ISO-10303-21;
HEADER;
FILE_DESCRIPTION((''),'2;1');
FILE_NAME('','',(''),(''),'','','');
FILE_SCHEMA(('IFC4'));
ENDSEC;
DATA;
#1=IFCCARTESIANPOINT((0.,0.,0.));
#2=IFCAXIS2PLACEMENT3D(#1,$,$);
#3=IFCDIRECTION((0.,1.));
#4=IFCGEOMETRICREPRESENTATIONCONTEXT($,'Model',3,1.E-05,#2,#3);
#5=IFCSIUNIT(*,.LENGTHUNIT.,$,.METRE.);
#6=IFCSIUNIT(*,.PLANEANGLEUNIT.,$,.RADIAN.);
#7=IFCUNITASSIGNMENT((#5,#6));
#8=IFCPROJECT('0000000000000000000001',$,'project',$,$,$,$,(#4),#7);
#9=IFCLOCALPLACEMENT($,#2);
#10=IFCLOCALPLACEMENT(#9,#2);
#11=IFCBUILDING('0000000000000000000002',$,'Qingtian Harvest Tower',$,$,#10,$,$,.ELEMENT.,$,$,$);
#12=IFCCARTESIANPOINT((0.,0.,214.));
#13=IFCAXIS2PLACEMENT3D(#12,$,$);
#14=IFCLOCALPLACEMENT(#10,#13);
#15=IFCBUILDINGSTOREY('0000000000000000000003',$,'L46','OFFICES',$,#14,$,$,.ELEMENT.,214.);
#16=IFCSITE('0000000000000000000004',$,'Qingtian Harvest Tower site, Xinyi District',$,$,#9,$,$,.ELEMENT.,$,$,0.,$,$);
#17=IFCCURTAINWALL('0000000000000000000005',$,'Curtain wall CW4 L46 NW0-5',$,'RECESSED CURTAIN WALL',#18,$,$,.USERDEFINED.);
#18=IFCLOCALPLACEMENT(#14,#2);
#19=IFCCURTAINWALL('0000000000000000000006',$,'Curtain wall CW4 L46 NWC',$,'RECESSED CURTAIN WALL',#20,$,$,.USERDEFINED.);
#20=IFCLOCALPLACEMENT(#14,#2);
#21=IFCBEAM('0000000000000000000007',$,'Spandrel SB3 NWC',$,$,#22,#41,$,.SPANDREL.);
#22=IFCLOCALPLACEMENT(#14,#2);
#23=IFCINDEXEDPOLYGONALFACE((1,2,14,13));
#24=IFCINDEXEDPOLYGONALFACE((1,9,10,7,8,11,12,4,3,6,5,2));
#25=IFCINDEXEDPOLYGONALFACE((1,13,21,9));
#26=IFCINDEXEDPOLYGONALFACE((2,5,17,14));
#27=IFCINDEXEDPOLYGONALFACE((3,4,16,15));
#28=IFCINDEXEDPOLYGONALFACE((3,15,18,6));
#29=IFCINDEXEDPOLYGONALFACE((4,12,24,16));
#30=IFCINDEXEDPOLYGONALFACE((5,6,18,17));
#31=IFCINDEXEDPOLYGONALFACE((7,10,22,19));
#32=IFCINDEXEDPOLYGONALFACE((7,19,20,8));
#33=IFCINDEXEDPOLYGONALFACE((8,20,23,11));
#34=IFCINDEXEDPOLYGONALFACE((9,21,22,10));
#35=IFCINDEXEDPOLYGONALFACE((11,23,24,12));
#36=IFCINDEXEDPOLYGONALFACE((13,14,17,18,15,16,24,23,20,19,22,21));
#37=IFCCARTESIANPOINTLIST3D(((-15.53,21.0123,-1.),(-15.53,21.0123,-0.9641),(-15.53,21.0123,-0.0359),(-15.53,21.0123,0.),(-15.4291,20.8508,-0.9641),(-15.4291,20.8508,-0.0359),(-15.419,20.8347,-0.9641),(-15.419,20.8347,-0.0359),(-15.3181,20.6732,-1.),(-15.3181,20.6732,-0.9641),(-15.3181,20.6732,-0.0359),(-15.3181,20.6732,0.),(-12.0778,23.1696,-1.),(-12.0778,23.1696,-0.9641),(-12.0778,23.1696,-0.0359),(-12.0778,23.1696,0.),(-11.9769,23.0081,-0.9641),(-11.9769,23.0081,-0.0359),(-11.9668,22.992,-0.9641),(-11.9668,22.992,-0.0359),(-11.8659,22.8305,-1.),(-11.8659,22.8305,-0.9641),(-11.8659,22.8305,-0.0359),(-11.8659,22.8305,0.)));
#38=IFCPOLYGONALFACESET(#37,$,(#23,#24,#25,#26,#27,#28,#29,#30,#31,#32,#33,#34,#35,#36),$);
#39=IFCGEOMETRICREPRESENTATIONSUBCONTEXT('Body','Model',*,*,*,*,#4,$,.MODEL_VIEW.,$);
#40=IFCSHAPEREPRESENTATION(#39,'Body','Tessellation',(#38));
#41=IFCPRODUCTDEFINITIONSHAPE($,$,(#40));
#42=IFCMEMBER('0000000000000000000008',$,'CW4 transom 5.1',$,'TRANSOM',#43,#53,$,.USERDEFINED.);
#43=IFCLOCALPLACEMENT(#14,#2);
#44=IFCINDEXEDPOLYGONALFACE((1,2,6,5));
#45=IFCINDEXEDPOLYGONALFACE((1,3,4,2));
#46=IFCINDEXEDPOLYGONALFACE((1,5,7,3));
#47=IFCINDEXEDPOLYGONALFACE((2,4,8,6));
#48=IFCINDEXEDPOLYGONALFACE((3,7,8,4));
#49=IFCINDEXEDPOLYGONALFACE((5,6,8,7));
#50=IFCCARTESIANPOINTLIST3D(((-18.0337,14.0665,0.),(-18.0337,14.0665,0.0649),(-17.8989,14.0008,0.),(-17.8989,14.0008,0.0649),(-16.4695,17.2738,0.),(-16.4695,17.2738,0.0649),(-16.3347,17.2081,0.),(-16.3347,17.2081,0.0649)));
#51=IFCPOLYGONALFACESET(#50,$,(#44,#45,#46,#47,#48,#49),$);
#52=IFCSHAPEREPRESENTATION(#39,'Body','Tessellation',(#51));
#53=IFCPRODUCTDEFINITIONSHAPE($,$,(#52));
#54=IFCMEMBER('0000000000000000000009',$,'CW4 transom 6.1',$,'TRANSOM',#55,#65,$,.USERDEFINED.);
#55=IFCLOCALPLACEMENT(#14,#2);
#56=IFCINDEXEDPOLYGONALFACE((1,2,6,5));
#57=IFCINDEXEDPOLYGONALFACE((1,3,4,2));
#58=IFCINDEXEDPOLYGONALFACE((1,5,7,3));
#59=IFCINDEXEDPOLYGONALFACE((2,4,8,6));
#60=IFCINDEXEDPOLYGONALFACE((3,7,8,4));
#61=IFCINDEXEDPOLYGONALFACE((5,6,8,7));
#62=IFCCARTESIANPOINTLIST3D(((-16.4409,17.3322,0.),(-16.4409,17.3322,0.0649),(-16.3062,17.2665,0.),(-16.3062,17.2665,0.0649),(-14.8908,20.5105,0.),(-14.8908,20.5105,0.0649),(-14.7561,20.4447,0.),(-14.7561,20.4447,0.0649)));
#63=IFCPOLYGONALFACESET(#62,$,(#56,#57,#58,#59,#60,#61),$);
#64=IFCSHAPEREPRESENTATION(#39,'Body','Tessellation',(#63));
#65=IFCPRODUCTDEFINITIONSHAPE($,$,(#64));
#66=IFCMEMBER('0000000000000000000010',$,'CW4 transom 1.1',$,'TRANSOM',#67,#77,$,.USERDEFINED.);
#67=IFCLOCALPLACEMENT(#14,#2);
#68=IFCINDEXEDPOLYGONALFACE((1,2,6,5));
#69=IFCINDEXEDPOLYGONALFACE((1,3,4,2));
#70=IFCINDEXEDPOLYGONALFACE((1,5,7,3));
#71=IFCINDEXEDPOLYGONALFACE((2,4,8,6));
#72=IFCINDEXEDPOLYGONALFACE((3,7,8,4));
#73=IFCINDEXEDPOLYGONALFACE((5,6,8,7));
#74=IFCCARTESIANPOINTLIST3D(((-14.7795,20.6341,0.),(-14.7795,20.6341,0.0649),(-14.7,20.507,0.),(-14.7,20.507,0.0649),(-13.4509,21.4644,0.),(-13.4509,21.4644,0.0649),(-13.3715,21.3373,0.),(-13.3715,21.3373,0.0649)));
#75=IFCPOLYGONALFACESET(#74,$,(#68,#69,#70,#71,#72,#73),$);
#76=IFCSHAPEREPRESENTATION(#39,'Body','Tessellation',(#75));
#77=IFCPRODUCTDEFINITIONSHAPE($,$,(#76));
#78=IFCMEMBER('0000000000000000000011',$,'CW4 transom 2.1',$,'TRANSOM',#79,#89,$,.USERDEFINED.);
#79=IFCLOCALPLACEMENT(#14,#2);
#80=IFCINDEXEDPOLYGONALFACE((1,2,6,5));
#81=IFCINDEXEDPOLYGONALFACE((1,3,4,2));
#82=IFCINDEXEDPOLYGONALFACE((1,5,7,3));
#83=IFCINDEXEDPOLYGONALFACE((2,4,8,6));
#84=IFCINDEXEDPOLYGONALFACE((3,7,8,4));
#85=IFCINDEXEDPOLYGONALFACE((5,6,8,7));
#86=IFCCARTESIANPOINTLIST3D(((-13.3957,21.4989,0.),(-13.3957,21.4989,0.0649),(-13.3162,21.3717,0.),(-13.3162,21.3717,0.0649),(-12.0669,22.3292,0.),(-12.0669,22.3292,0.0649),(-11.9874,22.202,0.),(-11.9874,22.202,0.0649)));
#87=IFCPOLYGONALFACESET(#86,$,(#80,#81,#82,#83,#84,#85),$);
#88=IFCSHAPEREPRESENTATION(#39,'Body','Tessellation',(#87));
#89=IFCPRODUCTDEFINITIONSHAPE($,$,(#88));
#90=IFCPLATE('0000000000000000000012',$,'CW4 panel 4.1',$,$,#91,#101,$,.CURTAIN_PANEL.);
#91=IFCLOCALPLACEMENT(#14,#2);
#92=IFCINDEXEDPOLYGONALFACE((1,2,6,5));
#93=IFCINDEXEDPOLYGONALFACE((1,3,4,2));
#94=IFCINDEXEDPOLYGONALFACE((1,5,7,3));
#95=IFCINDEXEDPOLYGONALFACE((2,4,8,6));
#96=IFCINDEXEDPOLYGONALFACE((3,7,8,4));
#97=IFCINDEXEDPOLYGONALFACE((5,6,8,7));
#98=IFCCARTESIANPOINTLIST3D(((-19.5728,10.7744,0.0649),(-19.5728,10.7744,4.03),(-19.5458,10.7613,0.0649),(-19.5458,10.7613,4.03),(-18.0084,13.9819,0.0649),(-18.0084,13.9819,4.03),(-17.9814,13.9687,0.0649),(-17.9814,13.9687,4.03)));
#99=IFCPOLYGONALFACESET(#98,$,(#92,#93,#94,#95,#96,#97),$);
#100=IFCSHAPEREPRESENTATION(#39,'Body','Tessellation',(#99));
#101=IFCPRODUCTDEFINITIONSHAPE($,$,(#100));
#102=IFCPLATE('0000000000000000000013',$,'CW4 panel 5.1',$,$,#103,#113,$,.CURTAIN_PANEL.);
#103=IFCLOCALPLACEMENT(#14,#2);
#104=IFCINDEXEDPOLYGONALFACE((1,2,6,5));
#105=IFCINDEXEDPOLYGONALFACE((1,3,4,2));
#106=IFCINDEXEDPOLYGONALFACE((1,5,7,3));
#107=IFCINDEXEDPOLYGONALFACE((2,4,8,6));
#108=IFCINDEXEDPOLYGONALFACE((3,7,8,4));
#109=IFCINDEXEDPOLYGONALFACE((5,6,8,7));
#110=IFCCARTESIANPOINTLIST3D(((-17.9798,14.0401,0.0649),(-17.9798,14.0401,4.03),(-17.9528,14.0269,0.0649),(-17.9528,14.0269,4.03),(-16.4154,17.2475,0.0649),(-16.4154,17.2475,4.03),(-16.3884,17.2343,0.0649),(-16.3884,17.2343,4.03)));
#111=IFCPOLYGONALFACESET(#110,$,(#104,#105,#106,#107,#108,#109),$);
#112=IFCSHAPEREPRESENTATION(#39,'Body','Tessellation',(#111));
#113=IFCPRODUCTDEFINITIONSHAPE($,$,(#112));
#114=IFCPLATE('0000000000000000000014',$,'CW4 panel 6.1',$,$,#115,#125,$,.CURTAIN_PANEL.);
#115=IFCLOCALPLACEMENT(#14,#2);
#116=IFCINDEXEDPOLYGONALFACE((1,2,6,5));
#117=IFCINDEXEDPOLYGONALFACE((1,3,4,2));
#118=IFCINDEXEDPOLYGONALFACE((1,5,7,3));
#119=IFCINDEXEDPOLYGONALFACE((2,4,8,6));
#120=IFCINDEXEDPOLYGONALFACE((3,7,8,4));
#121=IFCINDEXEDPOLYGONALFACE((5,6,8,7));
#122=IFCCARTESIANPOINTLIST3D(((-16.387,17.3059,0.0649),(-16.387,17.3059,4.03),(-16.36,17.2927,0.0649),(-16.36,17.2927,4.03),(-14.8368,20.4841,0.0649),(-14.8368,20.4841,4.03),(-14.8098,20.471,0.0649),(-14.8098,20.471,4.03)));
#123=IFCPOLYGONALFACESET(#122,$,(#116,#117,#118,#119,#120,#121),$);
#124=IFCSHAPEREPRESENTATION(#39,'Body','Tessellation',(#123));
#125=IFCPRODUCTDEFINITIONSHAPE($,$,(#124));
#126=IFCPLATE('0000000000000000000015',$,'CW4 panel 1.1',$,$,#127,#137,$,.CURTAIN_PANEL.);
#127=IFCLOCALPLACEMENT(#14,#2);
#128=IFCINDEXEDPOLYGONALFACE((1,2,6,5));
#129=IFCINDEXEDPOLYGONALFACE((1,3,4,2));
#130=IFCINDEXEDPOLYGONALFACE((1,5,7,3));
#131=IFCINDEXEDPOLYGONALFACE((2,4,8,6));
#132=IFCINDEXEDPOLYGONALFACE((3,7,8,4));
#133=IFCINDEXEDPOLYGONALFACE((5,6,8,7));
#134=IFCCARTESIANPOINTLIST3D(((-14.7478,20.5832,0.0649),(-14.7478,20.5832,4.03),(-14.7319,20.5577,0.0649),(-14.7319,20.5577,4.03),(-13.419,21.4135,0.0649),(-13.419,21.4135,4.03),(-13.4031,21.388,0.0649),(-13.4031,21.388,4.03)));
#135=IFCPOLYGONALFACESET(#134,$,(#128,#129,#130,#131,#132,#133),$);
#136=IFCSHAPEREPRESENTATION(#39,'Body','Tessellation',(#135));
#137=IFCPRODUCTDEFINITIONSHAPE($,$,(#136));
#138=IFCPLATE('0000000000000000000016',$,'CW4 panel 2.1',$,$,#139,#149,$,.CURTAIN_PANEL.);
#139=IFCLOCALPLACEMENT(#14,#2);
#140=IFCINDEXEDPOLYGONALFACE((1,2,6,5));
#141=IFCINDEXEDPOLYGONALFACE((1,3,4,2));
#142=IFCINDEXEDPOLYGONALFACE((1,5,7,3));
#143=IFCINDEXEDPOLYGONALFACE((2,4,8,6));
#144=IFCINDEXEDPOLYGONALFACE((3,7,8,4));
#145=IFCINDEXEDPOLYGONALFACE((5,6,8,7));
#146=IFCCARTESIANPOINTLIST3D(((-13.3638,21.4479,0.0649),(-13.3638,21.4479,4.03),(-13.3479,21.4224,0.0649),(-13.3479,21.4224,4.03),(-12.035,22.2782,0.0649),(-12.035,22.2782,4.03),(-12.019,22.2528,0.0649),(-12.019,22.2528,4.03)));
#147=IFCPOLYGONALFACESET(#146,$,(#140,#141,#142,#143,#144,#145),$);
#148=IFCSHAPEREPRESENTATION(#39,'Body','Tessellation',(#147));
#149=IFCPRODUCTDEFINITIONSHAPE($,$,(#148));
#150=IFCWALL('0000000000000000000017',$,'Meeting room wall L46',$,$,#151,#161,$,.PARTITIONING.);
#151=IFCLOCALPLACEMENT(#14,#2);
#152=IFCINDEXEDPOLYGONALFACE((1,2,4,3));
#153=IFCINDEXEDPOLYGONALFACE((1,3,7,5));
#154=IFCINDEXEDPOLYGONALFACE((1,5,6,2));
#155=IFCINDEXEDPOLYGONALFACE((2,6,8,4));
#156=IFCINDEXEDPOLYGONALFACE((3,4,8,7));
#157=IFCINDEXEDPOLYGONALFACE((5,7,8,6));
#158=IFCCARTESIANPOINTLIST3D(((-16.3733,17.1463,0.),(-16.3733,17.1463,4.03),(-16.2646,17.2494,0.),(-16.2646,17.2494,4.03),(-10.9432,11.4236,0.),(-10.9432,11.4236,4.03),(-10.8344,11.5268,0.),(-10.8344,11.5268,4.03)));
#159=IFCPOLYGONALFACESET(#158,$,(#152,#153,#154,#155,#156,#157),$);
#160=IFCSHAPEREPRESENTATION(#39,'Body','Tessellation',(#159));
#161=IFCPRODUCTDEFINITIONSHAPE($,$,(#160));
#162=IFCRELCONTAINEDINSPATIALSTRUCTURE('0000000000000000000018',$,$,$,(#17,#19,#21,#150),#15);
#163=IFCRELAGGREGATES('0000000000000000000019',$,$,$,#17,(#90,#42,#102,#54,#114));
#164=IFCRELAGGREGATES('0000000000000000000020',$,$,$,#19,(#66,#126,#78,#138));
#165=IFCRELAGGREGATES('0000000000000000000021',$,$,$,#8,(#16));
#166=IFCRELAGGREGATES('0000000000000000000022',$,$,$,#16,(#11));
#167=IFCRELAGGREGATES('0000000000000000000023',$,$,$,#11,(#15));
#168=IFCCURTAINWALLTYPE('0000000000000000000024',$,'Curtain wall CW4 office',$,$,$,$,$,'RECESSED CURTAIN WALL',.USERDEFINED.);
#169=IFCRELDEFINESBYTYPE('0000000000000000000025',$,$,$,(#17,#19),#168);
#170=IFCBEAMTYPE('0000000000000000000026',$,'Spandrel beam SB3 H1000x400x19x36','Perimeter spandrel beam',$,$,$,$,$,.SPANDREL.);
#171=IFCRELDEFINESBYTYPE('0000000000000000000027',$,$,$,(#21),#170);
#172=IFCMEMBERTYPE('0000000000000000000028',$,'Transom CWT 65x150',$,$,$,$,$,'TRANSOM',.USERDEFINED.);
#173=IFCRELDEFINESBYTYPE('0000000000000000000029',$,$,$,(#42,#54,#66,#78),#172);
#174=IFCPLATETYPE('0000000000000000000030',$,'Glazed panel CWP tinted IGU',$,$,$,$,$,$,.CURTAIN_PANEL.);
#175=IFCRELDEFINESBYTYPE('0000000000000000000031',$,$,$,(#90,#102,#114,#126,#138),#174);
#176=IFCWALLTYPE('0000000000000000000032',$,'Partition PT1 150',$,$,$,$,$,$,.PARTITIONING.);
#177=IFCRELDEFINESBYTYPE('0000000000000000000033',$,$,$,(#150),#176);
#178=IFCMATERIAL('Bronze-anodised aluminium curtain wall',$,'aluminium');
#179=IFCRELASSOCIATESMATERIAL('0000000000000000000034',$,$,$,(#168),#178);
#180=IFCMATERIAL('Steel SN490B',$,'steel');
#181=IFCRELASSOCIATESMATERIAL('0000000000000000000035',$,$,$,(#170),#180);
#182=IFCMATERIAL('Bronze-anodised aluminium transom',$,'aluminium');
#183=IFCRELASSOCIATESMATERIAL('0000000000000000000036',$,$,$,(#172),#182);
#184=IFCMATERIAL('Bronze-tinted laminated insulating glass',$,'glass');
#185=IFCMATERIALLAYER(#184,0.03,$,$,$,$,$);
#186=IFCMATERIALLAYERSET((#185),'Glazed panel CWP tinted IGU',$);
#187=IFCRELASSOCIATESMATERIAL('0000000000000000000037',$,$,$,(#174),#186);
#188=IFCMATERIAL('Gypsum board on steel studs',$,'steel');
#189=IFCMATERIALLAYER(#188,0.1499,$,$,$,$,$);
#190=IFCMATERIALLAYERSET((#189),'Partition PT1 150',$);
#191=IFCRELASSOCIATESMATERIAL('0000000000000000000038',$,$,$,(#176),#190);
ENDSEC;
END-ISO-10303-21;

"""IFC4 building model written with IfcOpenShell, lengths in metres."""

from ifc_helpers import new_model, si_unit, direction, frame, frame_2d, origin, origin_2d, place, context, subcontext, project, spatial, rectangle, i_section, extrude, material, layer, layer_set, material_profile, profile_set, type_object, element, aggregate, save


model = new_model("IFC4")

# Units and contexts
model_context = context("Model", 3, precision=1e-05, world=origin(), true_north=direction((0.0, 1.0)))
body_context = subcontext(model_context, "Body", "Model", "MODEL_VIEW")
ifc_project = project(units=[si_unit("LENGTHUNIT", "METRE"), si_unit("PLANEANGLEUNIT", "RADIAN")], contexts=[model_context])

# Site, building, storey
site_placement = place(None, origin())
site = spatial("IfcSite", under=ifc_project, at=site_placement, Name="Qingtian Harvest Tower site, Xinyi District", CompositionType="ELEMENT", RefElevation=0.0)
building_placement = place(site_placement, origin())
building = spatial("IfcBuilding", under=site, at=building_placement, Name="Qingtian Harvest Tower", CompositionType="ELEMENT")
storey_placement = place(building_placement, frame((0.0, 0.0, 214.0)))
storey = spatial("IfcBuildingStorey", under=building, at=storey_placement, Name="L46", Description="OFFICES", CompositionType="ELEMENT", Elevation=214.0)

# Curtain walls
ifc_material_1 = material(Name="Bronze-anodised aluminium curtain wall", Category="aluminium")
curtain_wall_type = type_object("IfcCurtainWallType", Name="Curtain wall CW4 office", ElementType="RECESSED CURTAIN WALL", PredefinedType="USERDEFINED", material=ifc_material_1)
curtain_wall_1_placement = place(storey_placement, origin())
curtain_wall_1 = element("IfcCurtainWall", 1, at=curtain_wall_1_placement, inside=storey, type_object=curtain_wall_type, Name="Curtain wall CW4 L46 NW0-5", ObjectType="RECESSED CURTAIN WALL", PredefinedType="USERDEFINED")
curtain_wall_2_placement = place(storey_placement, origin())
curtain_wall_2 = element("IfcCurtainWall", 2, at=curtain_wall_2_placement, inside=storey, type_object=curtain_wall_type, Name="Curtain wall CW4 L46 NWC", ObjectType="RECESSED CURTAIN WALL", PredefinedType="USERDEFINED")

# Beam
ifc_material_2 = material(Name="Steel SN490B", Category="steel")
ifc_material_profile_1 = material_profile(ifc_material_2, i_section(OverallWidth=0.3999, OverallDepth=1.0, WebThickness=0.019, FlangeThickness=0.0359, at=origin_2d()), Name="H1000x400x19x36")
ifc_profile_set_1 = profile_set([ifc_material_profile_1], Name="Steel SN490B")
beam_type_1 = type_object("IfcBeamType", Name="Spandrel beam SB3 H1000x400x19x36", Description="Perimeter spandrel beam", PredefinedType="SPANDREL", material=ifc_profile_set_1)
beam_1_placement = place(storey_placement, frame((-15.4241, 20.8428, -0.5), z_axis=(0.848039, 0.529934, 0.0), x_axis=(-0.529934, 0.848039, 0.0)))
element("IfcBeam", 3, at=beam_1_placement, inside=storey, type_object=beam_type_1, Name="Spandrel SB3 NWC", PredefinedType="SPANDREL", context=body_context, shape_type="SweptSolid", body=[
    extrude(i_section(OverallWidth=0.3999, OverallDepth=1.0, WebThickness=0.019, FlangeThickness=0.0359, at=origin_2d()), origin(), (0.0, 0.0, 1.0), 4.0708),
])

# Members
ifc_material_3 = material(Name="Bronze-anodised aluminium transom", Category="aluminium")
ifc_material_profile_2 = material_profile(ifc_material_3, rectangle(XDim=0.1499, YDim=0.0649, at=origin_2d()), Name="AL 65x150")
ifc_profile_set_2 = profile_set([ifc_material_profile_2], Name="Bronze-anodised aluminium transom")
member_type_1 = type_object("IfcMemberType", Name="Transom CWT 65x150", ElementType="TRANSOM", PredefinedType="USERDEFINED", material=ifc_profile_set_2)
member_1_placement = place(storey_placement, frame((-17.9663, 14.0337, 0.0325), z_axis=(0.438352, 0.898803, 0.0), x_axis=(-0.898803, 0.438352, 0.0)))
member_1 = element("IfcMember", 4, at=member_1_placement, type_object=member_type_1, Name="CW4 transom 5.1", ObjectType="TRANSOM", PredefinedType="USERDEFINED", context=body_context, shape_type="SweptSolid", body=[
    extrude(rectangle(XDim=0.1499, YDim=0.0649, at=origin_2d()), origin(), (0.0, 0.0, 1.0), 3.5684),
])
member_2_placement = place(storey_placement, frame((-16.3735, 17.2993, 0.0325), z_axis=(0.438354, 0.898802, 0.0), x_axis=(-0.898802, 0.438354, 0.0)))
member_2 = element("IfcMember", 5, at=member_2_placement, type_object=member_type_1, Name="CW4 transom 6.1", ObjectType="TRANSOM", PredefinedType="USERDEFINED", context=body_context, shape_type="SweptSolid", body=[
    extrude(rectangle(XDim=0.1499, YDim=0.0649, at=origin_2d()), origin(), (0.0, 0.0, 1.0), 3.5361),
])
member_3_placement = place(storey_placement, frame((-14.7397, 20.5706, 0.0325), z_axis=(0.848016, 0.529971, 0.0), x_axis=(-0.529971, 0.848016, 0.0)))
member_3 = element("IfcMember", 6, at=member_3_placement, type_object=member_type_1, Name="CW4 transom 1.1", ObjectType="TRANSOM", PredefinedType="USERDEFINED", context=body_context, shape_type="SweptSolid", body=[
    extrude(rectangle(XDim=0.1499, YDim=0.0649, at=origin_2d()), origin(), (0.0, 0.0, 1.0), 1.5667),
])
member_4_placement = place(storey_placement, frame((-13.356, 21.4353, 0.0325), z_axis=(0.84806, 0.529901, 0.0), x_axis=(-0.529901, 0.84806, 0.0)))
member_4 = element("IfcMember", 7, at=member_4_placement, type_object=member_type_1, Name="CW4 transom 2.1", ObjectType="TRANSOM", PredefinedType="USERDEFINED", context=body_context, shape_type="SweptSolid", body=[
    extrude(rectangle(XDim=0.1499, YDim=0.0649, at=origin_2d()), origin(), (0.0, 0.0, 1.0), 1.5669),
])

# Plates
ifc_material_4 = material(Name="Bronze-tinted laminated insulating glass", Category="glass")
ifc_layer_1 = layer(ifc_material_4, 0.03)
ifc_layer_set_1 = layer_set([ifc_layer_1], Name="Glazed panel CWP tinted IGU")
plate_type = type_object("IfcPlateType", Name="Glazed panel CWP tinted IGU", PredefinedType="CURTAIN_PANEL", material=ifc_layer_set_1)
plate_1_placement = place(storey_placement, frame((-18.7771, 12.3716, 0.0649), z_axis=(0.0, 0.0, 1.0), x_axis=(0.438371, 0.898794, 0.0)))
plate_1 = element("IfcPlate", 8, at=plate_1_placement, type_object=plate_type, Name="CW4 panel 4.1", PredefinedType="CURTAIN_PANEL", context=body_context, shape_type="SweptSolid", body=[
    extrude(rectangle(XDim=3.5686, YDim=0.03, at=origin_2d()), origin(), (0.0, 0.0, 1.0), 3.9651),
])
plate_2_placement = place(storey_placement, frame((-17.1841, 15.6372, 0.0649), z_axis=(0.0, 0.0, 1.0), x_axis=(0.438371, 0.898794, 0.0)))
plate_2 = element("IfcPlate", 9, at=plate_2_placement, type_object=plate_type, Name="CW4 panel 5.1", PredefinedType="CURTAIN_PANEL", context=body_context, shape_type="SweptSolid", body=[
    extrude(rectangle(XDim=3.5686, YDim=0.03, at=origin_2d()), origin(), (0.0, 0.0, 1.0), 3.9651),
])
plate_3_placement = place(storey_placement, frame((-15.5984, 18.8884, 0.0649), z_axis=(0.0, 0.0, 1.0), x_axis=(0.438371, 0.898794, 0.0)))
plate_3 = element("IfcPlate", 10, at=plate_3_placement, type_object=plate_type, Name="CW4 panel 6.1", PredefinedType="CURTAIN_PANEL", context=body_context, shape_type="SweptSolid", body=[
    extrude(rectangle(XDim=3.5361, YDim=0.03, at=origin_2d()), origin(), (0.0, 0.0, 1.0), 3.9651),
])
aggregate(curtain_wall_1, [plate_1, member_1, plate_2, member_2, plate_3])
plate_4_placement = place(storey_placement, frame((-14.0754, 20.9856, 0.0649), z_axis=(0.0, 0.0, 1.0), x_axis=(0.848048, 0.529919, 0.0)))
plate_4 = element("IfcPlate", 11, at=plate_4_placement, type_object=plate_type, Name="CW4 panel 1.1", PredefinedType="CURTAIN_PANEL", context=body_context, shape_type="SweptSolid", body=[
    extrude(rectangle(XDim=1.5669, YDim=0.03, at=origin_2d()), origin(), (0.0, 0.0, 1.0), 3.9651),
])
plate_5_placement = place(storey_placement, frame((-12.6914, 21.8503, 0.0649), z_axis=(0.0, 0.0, 1.0), x_axis=(0.848048, 0.529919, 0.0)))
plate_5 = element("IfcPlate", 12, at=plate_5_placement, type_object=plate_type, Name="CW4 panel 2.1", PredefinedType="CURTAIN_PANEL", context=body_context, shape_type="SweptSolid", body=[
    extrude(rectangle(XDim=1.5669, YDim=0.03, at=origin_2d()), origin(), (0.0, 0.0, 1.0), 3.9651),
])
aggregate(curtain_wall_2, [member_3, plate_4, member_4, plate_5])

# Wall
ifc_material_5 = material(Name="Gypsum board on steel studs", Category="steel")
ifc_layer_2 = layer(ifc_material_5, 0.1499)
ifc_layer_set_2 = layer_set([ifc_layer_2], Name="Partition PT1 150")
wall_type = type_object("IfcWallType", Name="Partition PT1 150", PredefinedType="PARTITIONING", material=ifc_layer_set_2)
wall_placement = place(storey_placement, frame((-16.3188, 17.1978, 0.0), z_axis=(0.0, 0.0, 1.0), x_axis=(0.688326, -0.725401, 0.0)))
element("IfcWall", 13, at=wall_placement, inside=storey, type_object=wall_type, Name="Meeting room wall L46", PredefinedType="PARTITIONING", context=body_context, shape_type="SweptSolid", body=[
    extrude(rectangle(XDim=7.8889, YDim=0.1499, at=frame_2d((3.9443, 0.0))), origin(), (0.0, 0.0, 1.0), 4.03),
])

save(model, "model.ifc")
